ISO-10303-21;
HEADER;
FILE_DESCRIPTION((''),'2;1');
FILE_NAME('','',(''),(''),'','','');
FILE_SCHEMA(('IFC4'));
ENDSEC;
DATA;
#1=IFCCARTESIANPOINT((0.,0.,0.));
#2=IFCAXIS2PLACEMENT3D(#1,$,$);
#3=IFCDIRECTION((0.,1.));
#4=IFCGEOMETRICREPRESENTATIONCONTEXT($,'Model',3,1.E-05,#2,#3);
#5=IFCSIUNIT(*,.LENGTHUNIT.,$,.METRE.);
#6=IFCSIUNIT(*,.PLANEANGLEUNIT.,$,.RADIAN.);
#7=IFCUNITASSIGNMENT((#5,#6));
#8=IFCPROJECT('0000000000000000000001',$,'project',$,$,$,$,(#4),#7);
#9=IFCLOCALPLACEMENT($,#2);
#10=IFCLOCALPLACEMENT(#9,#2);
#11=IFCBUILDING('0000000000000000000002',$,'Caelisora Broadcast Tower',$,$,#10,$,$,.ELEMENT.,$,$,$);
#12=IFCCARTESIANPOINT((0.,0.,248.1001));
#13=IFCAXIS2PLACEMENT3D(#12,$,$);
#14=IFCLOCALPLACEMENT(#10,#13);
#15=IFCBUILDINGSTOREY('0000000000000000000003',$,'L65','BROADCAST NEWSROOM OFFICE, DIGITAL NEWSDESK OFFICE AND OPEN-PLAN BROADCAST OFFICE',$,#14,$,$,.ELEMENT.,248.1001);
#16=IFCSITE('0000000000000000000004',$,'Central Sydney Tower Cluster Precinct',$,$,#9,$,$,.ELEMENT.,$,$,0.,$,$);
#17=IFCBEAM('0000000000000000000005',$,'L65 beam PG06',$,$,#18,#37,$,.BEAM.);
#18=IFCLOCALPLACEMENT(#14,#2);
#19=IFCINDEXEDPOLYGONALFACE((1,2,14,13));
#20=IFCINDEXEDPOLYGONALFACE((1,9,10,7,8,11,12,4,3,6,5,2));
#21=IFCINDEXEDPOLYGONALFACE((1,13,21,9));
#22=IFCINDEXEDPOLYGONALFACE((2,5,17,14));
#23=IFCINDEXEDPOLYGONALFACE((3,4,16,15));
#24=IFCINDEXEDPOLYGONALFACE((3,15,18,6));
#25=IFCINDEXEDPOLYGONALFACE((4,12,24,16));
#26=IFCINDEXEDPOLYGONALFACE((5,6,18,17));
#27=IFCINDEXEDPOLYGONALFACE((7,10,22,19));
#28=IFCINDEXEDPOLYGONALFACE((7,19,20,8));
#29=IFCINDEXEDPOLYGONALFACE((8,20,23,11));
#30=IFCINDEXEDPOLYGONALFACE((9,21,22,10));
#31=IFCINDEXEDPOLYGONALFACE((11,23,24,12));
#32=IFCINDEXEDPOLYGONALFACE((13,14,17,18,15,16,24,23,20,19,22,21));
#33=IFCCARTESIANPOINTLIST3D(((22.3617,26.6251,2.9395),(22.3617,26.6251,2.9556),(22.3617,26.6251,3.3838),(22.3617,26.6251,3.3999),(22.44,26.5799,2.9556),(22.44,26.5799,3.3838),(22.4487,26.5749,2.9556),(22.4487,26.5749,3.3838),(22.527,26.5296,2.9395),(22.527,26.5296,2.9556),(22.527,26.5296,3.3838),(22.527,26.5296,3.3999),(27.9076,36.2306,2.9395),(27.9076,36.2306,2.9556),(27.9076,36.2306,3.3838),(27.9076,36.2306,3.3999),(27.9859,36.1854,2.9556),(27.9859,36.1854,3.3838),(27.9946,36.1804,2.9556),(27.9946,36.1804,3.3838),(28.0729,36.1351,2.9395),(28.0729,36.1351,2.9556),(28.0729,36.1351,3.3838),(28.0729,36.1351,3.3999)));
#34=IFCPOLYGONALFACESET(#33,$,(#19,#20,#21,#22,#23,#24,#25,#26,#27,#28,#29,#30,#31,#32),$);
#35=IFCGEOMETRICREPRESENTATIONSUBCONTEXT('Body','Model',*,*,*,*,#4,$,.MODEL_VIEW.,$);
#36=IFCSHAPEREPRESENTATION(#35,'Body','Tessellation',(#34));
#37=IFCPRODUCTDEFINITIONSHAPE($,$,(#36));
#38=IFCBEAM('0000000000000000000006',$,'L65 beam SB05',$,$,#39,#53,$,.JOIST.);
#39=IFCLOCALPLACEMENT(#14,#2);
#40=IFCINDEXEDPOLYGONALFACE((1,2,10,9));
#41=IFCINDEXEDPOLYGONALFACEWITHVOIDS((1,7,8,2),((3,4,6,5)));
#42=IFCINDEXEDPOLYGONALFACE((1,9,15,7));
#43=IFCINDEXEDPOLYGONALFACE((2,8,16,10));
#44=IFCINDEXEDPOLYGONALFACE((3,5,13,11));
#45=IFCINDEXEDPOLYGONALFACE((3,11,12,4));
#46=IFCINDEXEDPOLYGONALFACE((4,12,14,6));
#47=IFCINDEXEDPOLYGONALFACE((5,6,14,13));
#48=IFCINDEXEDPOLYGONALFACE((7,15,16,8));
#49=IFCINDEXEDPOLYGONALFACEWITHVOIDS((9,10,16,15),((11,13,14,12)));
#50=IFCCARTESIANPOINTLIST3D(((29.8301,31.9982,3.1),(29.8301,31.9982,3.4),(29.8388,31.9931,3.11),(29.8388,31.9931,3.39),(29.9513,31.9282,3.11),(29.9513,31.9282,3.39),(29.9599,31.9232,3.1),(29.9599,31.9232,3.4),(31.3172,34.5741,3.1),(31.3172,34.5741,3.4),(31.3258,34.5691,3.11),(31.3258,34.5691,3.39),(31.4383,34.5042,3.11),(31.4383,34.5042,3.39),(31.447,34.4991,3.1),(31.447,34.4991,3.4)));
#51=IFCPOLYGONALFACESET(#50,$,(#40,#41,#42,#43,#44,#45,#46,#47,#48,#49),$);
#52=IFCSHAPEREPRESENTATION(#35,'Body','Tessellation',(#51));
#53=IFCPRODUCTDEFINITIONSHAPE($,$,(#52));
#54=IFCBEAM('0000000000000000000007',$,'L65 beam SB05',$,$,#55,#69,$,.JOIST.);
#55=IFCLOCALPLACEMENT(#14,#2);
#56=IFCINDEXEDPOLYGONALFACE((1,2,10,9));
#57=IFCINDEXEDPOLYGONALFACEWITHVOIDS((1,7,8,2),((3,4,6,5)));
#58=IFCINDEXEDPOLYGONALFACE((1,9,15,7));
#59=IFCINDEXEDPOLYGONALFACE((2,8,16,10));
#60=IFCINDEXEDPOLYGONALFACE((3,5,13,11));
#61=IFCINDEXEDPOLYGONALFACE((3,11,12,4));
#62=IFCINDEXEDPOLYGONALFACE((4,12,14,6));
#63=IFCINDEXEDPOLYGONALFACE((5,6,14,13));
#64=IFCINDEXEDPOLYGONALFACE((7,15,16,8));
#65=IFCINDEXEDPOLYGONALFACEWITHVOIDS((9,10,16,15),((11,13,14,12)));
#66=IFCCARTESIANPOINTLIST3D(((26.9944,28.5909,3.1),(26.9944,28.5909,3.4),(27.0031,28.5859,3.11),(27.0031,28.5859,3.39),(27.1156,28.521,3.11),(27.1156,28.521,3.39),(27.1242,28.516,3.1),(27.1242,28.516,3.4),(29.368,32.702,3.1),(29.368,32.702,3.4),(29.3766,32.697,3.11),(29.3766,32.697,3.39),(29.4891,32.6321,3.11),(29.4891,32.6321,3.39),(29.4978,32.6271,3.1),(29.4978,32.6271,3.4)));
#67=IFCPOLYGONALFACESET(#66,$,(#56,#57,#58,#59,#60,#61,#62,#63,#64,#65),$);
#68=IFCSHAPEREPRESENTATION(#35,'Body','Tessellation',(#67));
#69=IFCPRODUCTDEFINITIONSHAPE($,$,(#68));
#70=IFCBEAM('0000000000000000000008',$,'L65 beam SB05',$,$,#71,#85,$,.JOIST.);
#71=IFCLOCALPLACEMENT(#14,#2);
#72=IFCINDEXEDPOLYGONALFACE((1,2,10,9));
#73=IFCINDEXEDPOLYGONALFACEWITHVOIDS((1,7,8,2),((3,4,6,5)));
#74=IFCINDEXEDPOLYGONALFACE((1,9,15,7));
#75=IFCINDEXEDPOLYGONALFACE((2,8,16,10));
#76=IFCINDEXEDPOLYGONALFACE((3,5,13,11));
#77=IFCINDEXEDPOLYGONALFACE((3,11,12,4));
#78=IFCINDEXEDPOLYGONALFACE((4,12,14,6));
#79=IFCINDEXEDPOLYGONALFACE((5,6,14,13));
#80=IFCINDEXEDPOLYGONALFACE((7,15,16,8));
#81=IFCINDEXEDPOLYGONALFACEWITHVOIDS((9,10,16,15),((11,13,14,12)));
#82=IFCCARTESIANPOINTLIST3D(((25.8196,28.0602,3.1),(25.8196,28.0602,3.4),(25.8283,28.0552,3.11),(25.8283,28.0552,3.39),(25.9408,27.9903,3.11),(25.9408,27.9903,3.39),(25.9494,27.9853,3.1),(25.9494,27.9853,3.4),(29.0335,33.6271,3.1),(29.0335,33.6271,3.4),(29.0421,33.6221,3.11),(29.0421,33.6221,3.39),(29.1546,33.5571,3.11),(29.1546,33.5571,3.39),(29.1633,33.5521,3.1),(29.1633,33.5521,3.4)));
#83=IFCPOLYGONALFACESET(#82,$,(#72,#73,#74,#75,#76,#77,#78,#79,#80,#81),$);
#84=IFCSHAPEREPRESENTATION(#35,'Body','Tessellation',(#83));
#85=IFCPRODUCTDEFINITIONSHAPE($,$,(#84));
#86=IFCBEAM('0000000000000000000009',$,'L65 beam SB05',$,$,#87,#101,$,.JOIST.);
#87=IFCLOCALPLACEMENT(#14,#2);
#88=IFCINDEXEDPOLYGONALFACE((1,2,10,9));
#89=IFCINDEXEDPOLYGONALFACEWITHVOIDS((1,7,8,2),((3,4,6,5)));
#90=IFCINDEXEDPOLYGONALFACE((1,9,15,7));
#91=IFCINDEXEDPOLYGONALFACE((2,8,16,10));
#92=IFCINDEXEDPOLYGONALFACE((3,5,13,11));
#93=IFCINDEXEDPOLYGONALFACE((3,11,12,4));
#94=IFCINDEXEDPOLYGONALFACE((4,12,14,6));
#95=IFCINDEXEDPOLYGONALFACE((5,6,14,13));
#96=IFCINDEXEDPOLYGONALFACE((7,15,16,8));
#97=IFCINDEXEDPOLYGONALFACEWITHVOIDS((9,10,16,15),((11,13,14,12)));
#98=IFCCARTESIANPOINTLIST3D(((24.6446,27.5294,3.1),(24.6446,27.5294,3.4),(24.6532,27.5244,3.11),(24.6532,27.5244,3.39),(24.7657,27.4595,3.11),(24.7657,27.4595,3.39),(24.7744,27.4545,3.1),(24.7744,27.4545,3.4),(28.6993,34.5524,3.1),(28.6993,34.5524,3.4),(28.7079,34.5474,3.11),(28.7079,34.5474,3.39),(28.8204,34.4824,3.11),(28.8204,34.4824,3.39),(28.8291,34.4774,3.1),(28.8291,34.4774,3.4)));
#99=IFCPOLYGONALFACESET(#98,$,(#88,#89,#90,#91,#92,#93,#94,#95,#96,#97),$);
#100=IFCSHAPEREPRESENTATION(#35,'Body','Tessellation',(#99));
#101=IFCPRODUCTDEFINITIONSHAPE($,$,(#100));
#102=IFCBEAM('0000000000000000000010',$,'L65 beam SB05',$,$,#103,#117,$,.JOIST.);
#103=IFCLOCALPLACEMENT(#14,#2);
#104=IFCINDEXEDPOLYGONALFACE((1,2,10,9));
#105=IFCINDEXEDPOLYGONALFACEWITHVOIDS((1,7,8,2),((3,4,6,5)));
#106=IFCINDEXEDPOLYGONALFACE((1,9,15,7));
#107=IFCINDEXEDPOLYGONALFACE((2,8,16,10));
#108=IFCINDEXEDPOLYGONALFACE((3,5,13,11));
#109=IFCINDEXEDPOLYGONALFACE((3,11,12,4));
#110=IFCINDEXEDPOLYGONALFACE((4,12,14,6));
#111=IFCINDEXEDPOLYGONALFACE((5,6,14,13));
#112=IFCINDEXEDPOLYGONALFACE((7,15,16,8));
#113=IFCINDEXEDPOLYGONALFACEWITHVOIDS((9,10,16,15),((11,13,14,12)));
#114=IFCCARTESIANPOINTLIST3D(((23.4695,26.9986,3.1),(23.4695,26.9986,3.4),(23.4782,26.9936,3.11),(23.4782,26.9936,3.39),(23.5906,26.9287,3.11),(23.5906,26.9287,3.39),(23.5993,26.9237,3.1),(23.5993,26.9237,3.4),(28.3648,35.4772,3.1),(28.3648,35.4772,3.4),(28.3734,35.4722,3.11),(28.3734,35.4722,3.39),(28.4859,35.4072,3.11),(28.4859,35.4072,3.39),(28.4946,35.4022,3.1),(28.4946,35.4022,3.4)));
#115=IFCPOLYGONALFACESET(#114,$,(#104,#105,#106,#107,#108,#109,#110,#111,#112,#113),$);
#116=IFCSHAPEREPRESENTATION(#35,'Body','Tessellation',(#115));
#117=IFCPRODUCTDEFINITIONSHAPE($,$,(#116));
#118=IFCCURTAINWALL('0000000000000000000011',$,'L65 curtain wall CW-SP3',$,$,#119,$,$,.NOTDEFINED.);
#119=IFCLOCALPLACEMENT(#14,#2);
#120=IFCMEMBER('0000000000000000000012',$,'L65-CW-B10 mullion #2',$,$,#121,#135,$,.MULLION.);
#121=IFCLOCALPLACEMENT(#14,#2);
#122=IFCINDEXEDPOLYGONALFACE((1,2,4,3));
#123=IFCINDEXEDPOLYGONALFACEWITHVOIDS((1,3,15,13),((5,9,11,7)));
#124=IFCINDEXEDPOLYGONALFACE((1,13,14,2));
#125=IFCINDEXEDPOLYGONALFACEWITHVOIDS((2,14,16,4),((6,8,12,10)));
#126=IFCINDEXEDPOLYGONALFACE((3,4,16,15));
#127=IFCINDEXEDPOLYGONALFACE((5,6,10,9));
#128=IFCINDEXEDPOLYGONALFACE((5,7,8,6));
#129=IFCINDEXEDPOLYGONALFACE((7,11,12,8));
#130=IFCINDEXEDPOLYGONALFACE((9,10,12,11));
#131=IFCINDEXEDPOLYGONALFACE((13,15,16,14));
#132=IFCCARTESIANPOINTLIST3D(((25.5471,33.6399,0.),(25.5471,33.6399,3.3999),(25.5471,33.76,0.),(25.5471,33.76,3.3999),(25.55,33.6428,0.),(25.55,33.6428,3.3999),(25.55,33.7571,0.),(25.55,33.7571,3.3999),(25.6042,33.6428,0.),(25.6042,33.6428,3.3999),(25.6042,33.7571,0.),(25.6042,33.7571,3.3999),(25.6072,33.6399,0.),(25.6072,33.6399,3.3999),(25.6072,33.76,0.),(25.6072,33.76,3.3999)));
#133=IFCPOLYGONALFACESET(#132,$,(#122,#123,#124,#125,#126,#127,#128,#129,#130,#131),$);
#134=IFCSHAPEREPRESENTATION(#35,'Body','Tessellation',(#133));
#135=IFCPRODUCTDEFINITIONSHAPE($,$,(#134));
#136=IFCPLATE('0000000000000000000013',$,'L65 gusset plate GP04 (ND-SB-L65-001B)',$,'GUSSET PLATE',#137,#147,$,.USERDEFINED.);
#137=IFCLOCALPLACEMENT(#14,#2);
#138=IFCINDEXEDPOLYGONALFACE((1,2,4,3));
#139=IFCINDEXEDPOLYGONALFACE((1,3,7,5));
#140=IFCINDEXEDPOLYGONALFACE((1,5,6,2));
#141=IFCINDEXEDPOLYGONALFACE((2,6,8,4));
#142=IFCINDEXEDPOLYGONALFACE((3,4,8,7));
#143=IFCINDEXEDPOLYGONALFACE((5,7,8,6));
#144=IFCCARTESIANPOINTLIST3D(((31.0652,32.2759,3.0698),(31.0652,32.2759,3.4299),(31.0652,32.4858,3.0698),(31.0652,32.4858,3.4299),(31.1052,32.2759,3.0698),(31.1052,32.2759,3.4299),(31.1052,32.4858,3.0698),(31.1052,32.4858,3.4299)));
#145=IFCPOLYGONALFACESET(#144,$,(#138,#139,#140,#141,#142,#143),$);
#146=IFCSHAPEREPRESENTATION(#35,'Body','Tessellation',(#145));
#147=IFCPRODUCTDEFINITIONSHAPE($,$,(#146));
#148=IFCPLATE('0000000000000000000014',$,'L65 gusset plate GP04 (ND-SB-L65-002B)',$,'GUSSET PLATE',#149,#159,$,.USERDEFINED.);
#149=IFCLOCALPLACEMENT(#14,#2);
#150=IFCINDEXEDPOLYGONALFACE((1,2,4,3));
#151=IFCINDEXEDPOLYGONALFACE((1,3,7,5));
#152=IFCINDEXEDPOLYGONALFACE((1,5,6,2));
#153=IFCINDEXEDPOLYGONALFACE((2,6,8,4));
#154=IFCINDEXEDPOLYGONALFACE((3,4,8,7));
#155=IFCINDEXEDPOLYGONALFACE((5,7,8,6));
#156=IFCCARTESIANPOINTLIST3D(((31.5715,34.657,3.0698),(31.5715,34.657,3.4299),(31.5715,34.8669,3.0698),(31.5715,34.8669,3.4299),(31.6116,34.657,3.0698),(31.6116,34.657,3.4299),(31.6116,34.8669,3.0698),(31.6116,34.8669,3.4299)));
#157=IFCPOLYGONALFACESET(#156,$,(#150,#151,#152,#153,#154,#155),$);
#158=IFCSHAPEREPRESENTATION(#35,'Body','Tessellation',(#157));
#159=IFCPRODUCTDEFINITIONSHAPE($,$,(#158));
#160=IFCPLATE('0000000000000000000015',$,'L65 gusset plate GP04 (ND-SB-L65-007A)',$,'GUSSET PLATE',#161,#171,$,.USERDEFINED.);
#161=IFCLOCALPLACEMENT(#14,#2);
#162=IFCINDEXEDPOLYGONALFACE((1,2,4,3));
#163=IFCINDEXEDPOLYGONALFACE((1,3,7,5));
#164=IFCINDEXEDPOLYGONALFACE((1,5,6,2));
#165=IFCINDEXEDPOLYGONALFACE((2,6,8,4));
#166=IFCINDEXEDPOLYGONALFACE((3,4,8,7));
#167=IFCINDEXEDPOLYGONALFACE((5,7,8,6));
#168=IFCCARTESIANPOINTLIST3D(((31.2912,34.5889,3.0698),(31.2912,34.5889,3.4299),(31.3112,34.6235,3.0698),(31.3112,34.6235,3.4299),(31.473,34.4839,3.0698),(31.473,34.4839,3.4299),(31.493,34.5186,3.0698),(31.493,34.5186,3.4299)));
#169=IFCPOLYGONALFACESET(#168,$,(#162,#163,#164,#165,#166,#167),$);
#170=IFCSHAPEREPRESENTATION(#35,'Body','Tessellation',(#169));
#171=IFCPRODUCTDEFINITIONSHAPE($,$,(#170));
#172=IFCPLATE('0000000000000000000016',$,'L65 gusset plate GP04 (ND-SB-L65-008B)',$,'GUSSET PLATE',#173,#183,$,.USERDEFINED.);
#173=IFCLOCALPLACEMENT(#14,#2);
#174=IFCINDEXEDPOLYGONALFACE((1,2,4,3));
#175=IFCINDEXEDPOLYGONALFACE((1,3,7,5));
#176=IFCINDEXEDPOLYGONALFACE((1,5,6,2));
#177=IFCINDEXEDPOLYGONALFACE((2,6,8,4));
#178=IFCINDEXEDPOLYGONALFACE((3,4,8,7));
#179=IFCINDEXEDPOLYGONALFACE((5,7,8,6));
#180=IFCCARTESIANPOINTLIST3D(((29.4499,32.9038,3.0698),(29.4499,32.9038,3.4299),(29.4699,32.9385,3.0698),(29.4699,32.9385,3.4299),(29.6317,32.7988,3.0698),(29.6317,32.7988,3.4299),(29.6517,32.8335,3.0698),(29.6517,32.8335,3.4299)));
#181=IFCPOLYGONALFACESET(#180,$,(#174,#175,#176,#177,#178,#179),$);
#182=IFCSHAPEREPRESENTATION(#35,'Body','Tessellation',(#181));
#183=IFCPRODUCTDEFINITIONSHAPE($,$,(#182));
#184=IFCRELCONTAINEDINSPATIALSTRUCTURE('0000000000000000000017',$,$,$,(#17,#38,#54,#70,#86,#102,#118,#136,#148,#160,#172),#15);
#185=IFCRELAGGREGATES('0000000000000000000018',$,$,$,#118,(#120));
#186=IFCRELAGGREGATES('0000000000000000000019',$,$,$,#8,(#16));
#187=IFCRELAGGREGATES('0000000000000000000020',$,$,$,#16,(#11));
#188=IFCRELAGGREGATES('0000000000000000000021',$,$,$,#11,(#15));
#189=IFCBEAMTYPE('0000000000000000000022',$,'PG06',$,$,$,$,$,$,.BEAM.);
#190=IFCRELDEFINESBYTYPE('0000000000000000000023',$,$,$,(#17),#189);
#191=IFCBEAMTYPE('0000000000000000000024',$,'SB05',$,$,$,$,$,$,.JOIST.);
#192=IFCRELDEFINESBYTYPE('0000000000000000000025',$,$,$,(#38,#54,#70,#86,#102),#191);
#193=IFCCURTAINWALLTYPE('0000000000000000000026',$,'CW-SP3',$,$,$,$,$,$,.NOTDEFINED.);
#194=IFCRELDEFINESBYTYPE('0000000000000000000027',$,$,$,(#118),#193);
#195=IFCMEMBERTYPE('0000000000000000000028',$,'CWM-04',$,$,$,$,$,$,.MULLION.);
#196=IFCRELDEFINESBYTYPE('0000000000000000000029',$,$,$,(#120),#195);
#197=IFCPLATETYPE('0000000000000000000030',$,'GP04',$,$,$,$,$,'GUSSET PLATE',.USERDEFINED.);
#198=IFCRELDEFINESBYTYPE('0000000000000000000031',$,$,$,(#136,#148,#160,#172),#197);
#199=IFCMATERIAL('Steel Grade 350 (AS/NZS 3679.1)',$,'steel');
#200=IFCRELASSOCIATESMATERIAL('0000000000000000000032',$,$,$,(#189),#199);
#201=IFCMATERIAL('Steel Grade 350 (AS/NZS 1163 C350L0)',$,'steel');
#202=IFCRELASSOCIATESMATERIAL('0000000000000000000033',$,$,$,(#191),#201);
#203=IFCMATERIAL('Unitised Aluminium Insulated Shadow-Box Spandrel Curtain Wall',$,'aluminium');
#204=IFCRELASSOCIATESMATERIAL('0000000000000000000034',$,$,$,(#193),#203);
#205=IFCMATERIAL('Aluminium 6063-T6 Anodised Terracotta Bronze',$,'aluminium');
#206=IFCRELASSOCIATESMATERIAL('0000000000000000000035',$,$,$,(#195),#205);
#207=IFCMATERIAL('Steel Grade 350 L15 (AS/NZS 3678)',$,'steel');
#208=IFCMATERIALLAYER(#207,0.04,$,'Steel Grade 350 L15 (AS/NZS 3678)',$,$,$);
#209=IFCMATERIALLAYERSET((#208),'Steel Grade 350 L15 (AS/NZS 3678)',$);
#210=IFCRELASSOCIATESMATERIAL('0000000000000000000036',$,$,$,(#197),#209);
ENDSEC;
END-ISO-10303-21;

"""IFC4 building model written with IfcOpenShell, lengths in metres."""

from ifc_helpers import new_model, si_unit, direction, frame, origin, origin_2d, place, context, subcontext, project, spatial, rectangle, hollow_rectangle, i_section, extrude, source, transform, mapped, material, layer, layer_set, material_profile, profile_set, type_object, type_shapes, element, aggregate, save


model = new_model("IFC4")

# Units and contexts
model_context = context("Model", 3, precision=1e-05, world=origin(), true_north=direction((0.0, 1.0)))
body_context = subcontext(model_context, "Body", "Model", "MODEL_VIEW")
ifc_project = project(units=[si_unit("LENGTHUNIT", "METRE"), si_unit("PLANEANGLEUNIT", "RADIAN")], contexts=[model_context])

# Site, building, storey
site_placement = place(None, origin())
site = spatial("IfcSite", under=ifc_project, at=site_placement, Name="Central Sydney Tower Cluster Precinct", CompositionType="ELEMENT", RefElevation=0.0)
building_placement = place(site_placement, origin())
building = spatial("IfcBuilding", under=site, at=building_placement, Name="Caelisora Broadcast Tower", CompositionType="ELEMENT")
storey_placement = place(building_placement, frame((0.0, 0.0, 248.1001)))
storey = spatial("IfcBuildingStorey", under=building, at=storey_placement, Name="L65", Description="BROADCAST NEWSROOM OFFICE, DIGITAL NEWSDESK OFFICE AND OPEN-PLAN BROADCAST OFFICE", CompositionType="ELEMENT", Elevation=248.1001)

# Beams
ifc_material_1 = material(Name="Steel Grade 350 (AS/NZS 3679.1)", Category="steel")
ifc_material_profile_1 = material_profile(ifc_material_1, i_section(OverallWidth=0.1909, OverallDepth=0.4604, WebThickness=0.01, FlangeThickness=0.0161, at=origin_2d()), Name="Steel Grade 350 (AS/NZS 3679.1)")
ifc_profile_set_1 = profile_set([ifc_material_profile_1], Name="Steel Grade 350 (AS/NZS 3679.1)")
beam_type_1 = type_object("IfcBeamType", Name="PG06", PredefinedType="BEAM", material=ifc_profile_set_1)
shared_shape_1 = source(origin(), body_context, "Body", "SweptSolid", [
    extrude(i_section(OverallWidth=0.1909, OverallDepth=0.4604, WebThickness=0.01, FlangeThickness=0.0161, at=origin_2d()), origin(), (0.0, 0.0, 1.0), 11.0916),
])
type_shapes(beam_type_1, [shared_shape_1])
beam_1_placement = place(storey_placement, frame((27.9902, 36.1829, 3.1697), z_axis=(-0.500012, -0.866018, 0.0), x_axis=(0.866018, -0.500012, 0.0)))
element("IfcBeam", 1, at=beam_1_placement, inside=storey, type_object=beam_type_1, Name="L65 beam PG06", PredefinedType="BEAM", context=body_context, shape_type="MappedRepresentation", body=[
    mapped(shared_shape_1, transform((0.0, 0.0, 0.0), scale=1.0)),
])
ifc_material_2 = material(Name="Steel Grade 350 (AS/NZS 1163 C350L0)", Category="steel")
ifc_material_profile_2 = material_profile(ifc_material_2, hollow_rectangle(XDim=0.1499, YDim=0.3, WallThickness=0.01, at=origin_2d()), Name="Steel Grade 350 (AS/NZS 1163 C350L0)")
ifc_profile_set_2 = profile_set([ifc_material_profile_2], Name="Steel Grade 350 (AS/NZS 1163 C350L0)")
beam_type_2 = type_object("IfcBeamType", Name="SB05", PredefinedType="JOIST", material=ifc_profile_set_2)
shared_shape_2 = source(origin(), body_context, "Body", "SweptSolid", [
    extrude(hollow_rectangle(XDim=0.1499, YDim=0.3, WallThickness=0.01, at=origin_2d()), origin(), (0.0, 0.0, 1.0), 2.9744),
])
beam_2_placement = place(storey_placement, frame((31.3821, 34.5366, 3.25), z_axis=(-0.499962, -0.866048, 0.0), x_axis=(0.866048, -0.499962, 0.0)))
element("IfcBeam", 2, at=beam_2_placement, inside=storey, type_object=beam_type_2, Name="L65 beam SB05", PredefinedType="JOIST", context=body_context, shape_type="MappedRepresentation", body=[
    mapped(shared_shape_2, transform((0.0, 0.0, 0.0), scale=1.0)),
])
shared_shape_3 = source(origin(), body_context, "Body", "SweptSolid", [
    extrude(hollow_rectangle(XDim=0.1499, YDim=0.3, WallThickness=0.01, at=origin_2d()), origin(), (0.0, 0.0, 1.0), 4.7471),
])
beam_3_placement = place(storey_placement, frame((29.4329, 32.6646, 3.25), z_axis=(-0.5, -0.866025, 0.0), x_axis=(0.866025, -0.5, 0.0)))
element("IfcBeam", 3, at=beam_3_placement, inside=storey, type_object=beam_type_2, Name="L65 beam SB05", PredefinedType="JOIST", context=body_context, shape_type="MappedRepresentation", body=[
    mapped(shared_shape_3, transform((0.0, 0.0, 0.0), scale=1.0)),
])
shared_shape_4 = source(origin(), body_context, "Body", "SweptSolid", [
    extrude(hollow_rectangle(XDim=0.1499, YDim=0.3, WallThickness=0.01, at=origin_2d()), origin(), (0.0, 0.0, 1.0), 6.428),
])
beam_4_placement = place(storey_placement, frame((29.0984, 33.5896, 3.25), z_axis=(-0.499979, -0.866038, 0.0), x_axis=(0.866038, -0.499979, 0.0)))
element("IfcBeam", 4, at=beam_4_placement, inside=storey, type_object=beam_type_2, Name="L65 beam SB05", PredefinedType="JOIST", context=body_context, shape_type="MappedRepresentation", body=[
    mapped(shared_shape_4, transform((0.0, 0.0, 0.0), scale=1.0)),
])
shared_shape_5 = source(origin(), body_context, "Body", "SweptSolid", [
    extrude(hollow_rectangle(XDim=0.1499, YDim=0.3, WallThickness=0.01, at=origin_2d()), origin(), (0.0, 0.0, 1.0), 8.1094),
])
beam_5_placement = place(storey_placement, frame((28.7642, 34.5149, 3.25), z_axis=(-0.499999, -0.866026, 0.0), x_axis=(0.866026, -0.499999, 0.0)))
element("IfcBeam", 5, at=beam_5_placement, inside=storey, type_object=beam_type_2, Name="L65 beam SB05", PredefinedType="JOIST", context=body_context, shape_type="MappedRepresentation", body=[
    mapped(shared_shape_5, transform((0.0, 0.0, 0.0), scale=1.0)),
])
shared_shape_6 = source(origin(), body_context, "Body", "SweptSolid", [
    extrude(hollow_rectangle(XDim=0.1499, YDim=0.3, WallThickness=0.01, at=origin_2d()), origin(), (0.0, 0.0, 1.0), 9.7903),
])
type_shapes(beam_type_2, [shared_shape_2, shared_shape_3, shared_shape_4, shared_shape_5, shared_shape_6])
beam_6_placement = place(storey_placement, frame((28.4297, 35.4397, 3.25), z_axis=(-0.500015, -0.866017, 0.0), x_axis=(0.866017, -0.500015, 0.0)))
element("IfcBeam", 6, at=beam_6_placement, inside=storey, type_object=beam_type_2, Name="L65 beam SB05", PredefinedType="JOIST", context=body_context, shape_type="MappedRepresentation", body=[
    mapped(shared_shape_6, transform((0.0, 0.0, 0.0), scale=1.0)),
])

# Curtain wall, member
ifc_material_3 = material(Name="Unitised Aluminium Insulated Shadow-Box Spandrel Curtain Wall", Category="aluminium")
curtain_wall_type = type_object("IfcCurtainWallType", Name="CW-SP3", PredefinedType="NOTDEFINED", material=ifc_material_3)
curtain_wall_placement = place(storey_placement, origin())
curtain_wall = element("IfcCurtainWall", 7, at=curtain_wall_placement, inside=storey, type_object=curtain_wall_type, Name="L65 curtain wall CW-SP3", PredefinedType="NOTDEFINED")
ifc_material_4 = material(Name="Aluminium 6063-T6 Anodised Terracotta Bronze", Category="aluminium")
ifc_material_profile_3 = material_profile(ifc_material_4, hollow_rectangle(XDim=0.0601, YDim=0.1201, WallThickness=0.0029, at=origin_2d()), Name="Aluminium 6063-T6 Anodised Terracotta Bronze")
ifc_profile_set_3 = profile_set([ifc_material_profile_3], Name="Aluminium 6063-T6 Anodised Terracotta Bronze")
member_type = type_object("IfcMemberType", Name="CWM-04", PredefinedType="MULLION", material=ifc_profile_set_3)
shared_shape_7 = source(origin(), body_context, "Body", "SweptSolid", [
    extrude(hollow_rectangle(XDim=0.0601, YDim=0.1201, WallThickness=0.0029, at=origin_2d()), origin(), (0.0, 0.0, 1.0), 3.3999),
])
type_shapes(member_type, [shared_shape_7])
member_placement = place(storey_placement, frame((25.5771, 33.7, 0.0), z_axis=(0.0, 0.0, 1.0), x_axis=(1.0, 0.0, 0.0)))
member = element("IfcMember", 8, at=member_placement, type_object=member_type, Name="L65-CW-B10 mullion #2", PredefinedType="MULLION", context=body_context, shape_type="MappedRepresentation", body=[
    mapped(shared_shape_7, transform((0.0, 0.0, 0.0), scale=1.0)),
])

# Plates
ifc_material_5 = material(Name="Steel Grade 350 L15 (AS/NZS 3678)", Category="steel")
ifc_layer_1 = layer(ifc_material_5, 0.04, Name="Steel Grade 350 L15 (AS/NZS 3678)")
ifc_layer_set_1 = layer_set([ifc_layer_1], Name="Steel Grade 350 L15 (AS/NZS 3678)")
plate_type_1 = type_object("IfcPlateType", Name="GP04", ElementType="GUSSET PLATE", PredefinedType="USERDEFINED", material=ifc_layer_set_1)
shared_shape_8 = source(origin(), body_context, "Body", "SweptSolid", [
    extrude(rectangle(XDim=0.21, YDim=0.04, at=origin_2d()), origin(), (0.0, 0.0, 1.0), 0.3601),
])
type_shapes(plate_type_1, [shared_shape_8])
for number, where, z_axis, x_axis, name in (
    (9, (31.0852, 32.3809, 3.0698), (0.0, 0.0, 1.0), (0.0, -1.0, 0.0), "L65 gusset plate GP04 (ND-SB-L65-001B)"),
    (10, (31.5916, 34.762, 3.0698), (0.0, 0.0, 1.0), (0.0, -1.0, 0.0), "L65 gusset plate GP04 (ND-SB-L65-002B)"),
    (11, (31.3921, 34.5537, 3.0698), (0.0, 0.0, 1.0), (0.866025, -0.5, 0.0), "L65 gusset plate GP04 (ND-SB-L65-007A)"),
    (12, (29.5508, 32.8687, 3.0698), (0.0, 0.0, 1.0), (0.866025, -0.5, 0.0), "L65 gusset plate GP04 (ND-SB-L65-008B)"),
):
    element("IfcPlate", number, at=place(storey_placement, frame(where, z_axis=z_axis, x_axis=x_axis)), inside=storey, type_object=plate_type_1, Name=name, ObjectType="GUSSET PLATE", PredefinedType="USERDEFINED", context=body_context, shape_type="MappedRepresentation", body=[
        mapped(shared_shape_8, transform((0.0, 0.0, 0.0), scale=1.0)),
    ])

aggregate(curtain_wall, [member])

save(model, "model.ifc")
